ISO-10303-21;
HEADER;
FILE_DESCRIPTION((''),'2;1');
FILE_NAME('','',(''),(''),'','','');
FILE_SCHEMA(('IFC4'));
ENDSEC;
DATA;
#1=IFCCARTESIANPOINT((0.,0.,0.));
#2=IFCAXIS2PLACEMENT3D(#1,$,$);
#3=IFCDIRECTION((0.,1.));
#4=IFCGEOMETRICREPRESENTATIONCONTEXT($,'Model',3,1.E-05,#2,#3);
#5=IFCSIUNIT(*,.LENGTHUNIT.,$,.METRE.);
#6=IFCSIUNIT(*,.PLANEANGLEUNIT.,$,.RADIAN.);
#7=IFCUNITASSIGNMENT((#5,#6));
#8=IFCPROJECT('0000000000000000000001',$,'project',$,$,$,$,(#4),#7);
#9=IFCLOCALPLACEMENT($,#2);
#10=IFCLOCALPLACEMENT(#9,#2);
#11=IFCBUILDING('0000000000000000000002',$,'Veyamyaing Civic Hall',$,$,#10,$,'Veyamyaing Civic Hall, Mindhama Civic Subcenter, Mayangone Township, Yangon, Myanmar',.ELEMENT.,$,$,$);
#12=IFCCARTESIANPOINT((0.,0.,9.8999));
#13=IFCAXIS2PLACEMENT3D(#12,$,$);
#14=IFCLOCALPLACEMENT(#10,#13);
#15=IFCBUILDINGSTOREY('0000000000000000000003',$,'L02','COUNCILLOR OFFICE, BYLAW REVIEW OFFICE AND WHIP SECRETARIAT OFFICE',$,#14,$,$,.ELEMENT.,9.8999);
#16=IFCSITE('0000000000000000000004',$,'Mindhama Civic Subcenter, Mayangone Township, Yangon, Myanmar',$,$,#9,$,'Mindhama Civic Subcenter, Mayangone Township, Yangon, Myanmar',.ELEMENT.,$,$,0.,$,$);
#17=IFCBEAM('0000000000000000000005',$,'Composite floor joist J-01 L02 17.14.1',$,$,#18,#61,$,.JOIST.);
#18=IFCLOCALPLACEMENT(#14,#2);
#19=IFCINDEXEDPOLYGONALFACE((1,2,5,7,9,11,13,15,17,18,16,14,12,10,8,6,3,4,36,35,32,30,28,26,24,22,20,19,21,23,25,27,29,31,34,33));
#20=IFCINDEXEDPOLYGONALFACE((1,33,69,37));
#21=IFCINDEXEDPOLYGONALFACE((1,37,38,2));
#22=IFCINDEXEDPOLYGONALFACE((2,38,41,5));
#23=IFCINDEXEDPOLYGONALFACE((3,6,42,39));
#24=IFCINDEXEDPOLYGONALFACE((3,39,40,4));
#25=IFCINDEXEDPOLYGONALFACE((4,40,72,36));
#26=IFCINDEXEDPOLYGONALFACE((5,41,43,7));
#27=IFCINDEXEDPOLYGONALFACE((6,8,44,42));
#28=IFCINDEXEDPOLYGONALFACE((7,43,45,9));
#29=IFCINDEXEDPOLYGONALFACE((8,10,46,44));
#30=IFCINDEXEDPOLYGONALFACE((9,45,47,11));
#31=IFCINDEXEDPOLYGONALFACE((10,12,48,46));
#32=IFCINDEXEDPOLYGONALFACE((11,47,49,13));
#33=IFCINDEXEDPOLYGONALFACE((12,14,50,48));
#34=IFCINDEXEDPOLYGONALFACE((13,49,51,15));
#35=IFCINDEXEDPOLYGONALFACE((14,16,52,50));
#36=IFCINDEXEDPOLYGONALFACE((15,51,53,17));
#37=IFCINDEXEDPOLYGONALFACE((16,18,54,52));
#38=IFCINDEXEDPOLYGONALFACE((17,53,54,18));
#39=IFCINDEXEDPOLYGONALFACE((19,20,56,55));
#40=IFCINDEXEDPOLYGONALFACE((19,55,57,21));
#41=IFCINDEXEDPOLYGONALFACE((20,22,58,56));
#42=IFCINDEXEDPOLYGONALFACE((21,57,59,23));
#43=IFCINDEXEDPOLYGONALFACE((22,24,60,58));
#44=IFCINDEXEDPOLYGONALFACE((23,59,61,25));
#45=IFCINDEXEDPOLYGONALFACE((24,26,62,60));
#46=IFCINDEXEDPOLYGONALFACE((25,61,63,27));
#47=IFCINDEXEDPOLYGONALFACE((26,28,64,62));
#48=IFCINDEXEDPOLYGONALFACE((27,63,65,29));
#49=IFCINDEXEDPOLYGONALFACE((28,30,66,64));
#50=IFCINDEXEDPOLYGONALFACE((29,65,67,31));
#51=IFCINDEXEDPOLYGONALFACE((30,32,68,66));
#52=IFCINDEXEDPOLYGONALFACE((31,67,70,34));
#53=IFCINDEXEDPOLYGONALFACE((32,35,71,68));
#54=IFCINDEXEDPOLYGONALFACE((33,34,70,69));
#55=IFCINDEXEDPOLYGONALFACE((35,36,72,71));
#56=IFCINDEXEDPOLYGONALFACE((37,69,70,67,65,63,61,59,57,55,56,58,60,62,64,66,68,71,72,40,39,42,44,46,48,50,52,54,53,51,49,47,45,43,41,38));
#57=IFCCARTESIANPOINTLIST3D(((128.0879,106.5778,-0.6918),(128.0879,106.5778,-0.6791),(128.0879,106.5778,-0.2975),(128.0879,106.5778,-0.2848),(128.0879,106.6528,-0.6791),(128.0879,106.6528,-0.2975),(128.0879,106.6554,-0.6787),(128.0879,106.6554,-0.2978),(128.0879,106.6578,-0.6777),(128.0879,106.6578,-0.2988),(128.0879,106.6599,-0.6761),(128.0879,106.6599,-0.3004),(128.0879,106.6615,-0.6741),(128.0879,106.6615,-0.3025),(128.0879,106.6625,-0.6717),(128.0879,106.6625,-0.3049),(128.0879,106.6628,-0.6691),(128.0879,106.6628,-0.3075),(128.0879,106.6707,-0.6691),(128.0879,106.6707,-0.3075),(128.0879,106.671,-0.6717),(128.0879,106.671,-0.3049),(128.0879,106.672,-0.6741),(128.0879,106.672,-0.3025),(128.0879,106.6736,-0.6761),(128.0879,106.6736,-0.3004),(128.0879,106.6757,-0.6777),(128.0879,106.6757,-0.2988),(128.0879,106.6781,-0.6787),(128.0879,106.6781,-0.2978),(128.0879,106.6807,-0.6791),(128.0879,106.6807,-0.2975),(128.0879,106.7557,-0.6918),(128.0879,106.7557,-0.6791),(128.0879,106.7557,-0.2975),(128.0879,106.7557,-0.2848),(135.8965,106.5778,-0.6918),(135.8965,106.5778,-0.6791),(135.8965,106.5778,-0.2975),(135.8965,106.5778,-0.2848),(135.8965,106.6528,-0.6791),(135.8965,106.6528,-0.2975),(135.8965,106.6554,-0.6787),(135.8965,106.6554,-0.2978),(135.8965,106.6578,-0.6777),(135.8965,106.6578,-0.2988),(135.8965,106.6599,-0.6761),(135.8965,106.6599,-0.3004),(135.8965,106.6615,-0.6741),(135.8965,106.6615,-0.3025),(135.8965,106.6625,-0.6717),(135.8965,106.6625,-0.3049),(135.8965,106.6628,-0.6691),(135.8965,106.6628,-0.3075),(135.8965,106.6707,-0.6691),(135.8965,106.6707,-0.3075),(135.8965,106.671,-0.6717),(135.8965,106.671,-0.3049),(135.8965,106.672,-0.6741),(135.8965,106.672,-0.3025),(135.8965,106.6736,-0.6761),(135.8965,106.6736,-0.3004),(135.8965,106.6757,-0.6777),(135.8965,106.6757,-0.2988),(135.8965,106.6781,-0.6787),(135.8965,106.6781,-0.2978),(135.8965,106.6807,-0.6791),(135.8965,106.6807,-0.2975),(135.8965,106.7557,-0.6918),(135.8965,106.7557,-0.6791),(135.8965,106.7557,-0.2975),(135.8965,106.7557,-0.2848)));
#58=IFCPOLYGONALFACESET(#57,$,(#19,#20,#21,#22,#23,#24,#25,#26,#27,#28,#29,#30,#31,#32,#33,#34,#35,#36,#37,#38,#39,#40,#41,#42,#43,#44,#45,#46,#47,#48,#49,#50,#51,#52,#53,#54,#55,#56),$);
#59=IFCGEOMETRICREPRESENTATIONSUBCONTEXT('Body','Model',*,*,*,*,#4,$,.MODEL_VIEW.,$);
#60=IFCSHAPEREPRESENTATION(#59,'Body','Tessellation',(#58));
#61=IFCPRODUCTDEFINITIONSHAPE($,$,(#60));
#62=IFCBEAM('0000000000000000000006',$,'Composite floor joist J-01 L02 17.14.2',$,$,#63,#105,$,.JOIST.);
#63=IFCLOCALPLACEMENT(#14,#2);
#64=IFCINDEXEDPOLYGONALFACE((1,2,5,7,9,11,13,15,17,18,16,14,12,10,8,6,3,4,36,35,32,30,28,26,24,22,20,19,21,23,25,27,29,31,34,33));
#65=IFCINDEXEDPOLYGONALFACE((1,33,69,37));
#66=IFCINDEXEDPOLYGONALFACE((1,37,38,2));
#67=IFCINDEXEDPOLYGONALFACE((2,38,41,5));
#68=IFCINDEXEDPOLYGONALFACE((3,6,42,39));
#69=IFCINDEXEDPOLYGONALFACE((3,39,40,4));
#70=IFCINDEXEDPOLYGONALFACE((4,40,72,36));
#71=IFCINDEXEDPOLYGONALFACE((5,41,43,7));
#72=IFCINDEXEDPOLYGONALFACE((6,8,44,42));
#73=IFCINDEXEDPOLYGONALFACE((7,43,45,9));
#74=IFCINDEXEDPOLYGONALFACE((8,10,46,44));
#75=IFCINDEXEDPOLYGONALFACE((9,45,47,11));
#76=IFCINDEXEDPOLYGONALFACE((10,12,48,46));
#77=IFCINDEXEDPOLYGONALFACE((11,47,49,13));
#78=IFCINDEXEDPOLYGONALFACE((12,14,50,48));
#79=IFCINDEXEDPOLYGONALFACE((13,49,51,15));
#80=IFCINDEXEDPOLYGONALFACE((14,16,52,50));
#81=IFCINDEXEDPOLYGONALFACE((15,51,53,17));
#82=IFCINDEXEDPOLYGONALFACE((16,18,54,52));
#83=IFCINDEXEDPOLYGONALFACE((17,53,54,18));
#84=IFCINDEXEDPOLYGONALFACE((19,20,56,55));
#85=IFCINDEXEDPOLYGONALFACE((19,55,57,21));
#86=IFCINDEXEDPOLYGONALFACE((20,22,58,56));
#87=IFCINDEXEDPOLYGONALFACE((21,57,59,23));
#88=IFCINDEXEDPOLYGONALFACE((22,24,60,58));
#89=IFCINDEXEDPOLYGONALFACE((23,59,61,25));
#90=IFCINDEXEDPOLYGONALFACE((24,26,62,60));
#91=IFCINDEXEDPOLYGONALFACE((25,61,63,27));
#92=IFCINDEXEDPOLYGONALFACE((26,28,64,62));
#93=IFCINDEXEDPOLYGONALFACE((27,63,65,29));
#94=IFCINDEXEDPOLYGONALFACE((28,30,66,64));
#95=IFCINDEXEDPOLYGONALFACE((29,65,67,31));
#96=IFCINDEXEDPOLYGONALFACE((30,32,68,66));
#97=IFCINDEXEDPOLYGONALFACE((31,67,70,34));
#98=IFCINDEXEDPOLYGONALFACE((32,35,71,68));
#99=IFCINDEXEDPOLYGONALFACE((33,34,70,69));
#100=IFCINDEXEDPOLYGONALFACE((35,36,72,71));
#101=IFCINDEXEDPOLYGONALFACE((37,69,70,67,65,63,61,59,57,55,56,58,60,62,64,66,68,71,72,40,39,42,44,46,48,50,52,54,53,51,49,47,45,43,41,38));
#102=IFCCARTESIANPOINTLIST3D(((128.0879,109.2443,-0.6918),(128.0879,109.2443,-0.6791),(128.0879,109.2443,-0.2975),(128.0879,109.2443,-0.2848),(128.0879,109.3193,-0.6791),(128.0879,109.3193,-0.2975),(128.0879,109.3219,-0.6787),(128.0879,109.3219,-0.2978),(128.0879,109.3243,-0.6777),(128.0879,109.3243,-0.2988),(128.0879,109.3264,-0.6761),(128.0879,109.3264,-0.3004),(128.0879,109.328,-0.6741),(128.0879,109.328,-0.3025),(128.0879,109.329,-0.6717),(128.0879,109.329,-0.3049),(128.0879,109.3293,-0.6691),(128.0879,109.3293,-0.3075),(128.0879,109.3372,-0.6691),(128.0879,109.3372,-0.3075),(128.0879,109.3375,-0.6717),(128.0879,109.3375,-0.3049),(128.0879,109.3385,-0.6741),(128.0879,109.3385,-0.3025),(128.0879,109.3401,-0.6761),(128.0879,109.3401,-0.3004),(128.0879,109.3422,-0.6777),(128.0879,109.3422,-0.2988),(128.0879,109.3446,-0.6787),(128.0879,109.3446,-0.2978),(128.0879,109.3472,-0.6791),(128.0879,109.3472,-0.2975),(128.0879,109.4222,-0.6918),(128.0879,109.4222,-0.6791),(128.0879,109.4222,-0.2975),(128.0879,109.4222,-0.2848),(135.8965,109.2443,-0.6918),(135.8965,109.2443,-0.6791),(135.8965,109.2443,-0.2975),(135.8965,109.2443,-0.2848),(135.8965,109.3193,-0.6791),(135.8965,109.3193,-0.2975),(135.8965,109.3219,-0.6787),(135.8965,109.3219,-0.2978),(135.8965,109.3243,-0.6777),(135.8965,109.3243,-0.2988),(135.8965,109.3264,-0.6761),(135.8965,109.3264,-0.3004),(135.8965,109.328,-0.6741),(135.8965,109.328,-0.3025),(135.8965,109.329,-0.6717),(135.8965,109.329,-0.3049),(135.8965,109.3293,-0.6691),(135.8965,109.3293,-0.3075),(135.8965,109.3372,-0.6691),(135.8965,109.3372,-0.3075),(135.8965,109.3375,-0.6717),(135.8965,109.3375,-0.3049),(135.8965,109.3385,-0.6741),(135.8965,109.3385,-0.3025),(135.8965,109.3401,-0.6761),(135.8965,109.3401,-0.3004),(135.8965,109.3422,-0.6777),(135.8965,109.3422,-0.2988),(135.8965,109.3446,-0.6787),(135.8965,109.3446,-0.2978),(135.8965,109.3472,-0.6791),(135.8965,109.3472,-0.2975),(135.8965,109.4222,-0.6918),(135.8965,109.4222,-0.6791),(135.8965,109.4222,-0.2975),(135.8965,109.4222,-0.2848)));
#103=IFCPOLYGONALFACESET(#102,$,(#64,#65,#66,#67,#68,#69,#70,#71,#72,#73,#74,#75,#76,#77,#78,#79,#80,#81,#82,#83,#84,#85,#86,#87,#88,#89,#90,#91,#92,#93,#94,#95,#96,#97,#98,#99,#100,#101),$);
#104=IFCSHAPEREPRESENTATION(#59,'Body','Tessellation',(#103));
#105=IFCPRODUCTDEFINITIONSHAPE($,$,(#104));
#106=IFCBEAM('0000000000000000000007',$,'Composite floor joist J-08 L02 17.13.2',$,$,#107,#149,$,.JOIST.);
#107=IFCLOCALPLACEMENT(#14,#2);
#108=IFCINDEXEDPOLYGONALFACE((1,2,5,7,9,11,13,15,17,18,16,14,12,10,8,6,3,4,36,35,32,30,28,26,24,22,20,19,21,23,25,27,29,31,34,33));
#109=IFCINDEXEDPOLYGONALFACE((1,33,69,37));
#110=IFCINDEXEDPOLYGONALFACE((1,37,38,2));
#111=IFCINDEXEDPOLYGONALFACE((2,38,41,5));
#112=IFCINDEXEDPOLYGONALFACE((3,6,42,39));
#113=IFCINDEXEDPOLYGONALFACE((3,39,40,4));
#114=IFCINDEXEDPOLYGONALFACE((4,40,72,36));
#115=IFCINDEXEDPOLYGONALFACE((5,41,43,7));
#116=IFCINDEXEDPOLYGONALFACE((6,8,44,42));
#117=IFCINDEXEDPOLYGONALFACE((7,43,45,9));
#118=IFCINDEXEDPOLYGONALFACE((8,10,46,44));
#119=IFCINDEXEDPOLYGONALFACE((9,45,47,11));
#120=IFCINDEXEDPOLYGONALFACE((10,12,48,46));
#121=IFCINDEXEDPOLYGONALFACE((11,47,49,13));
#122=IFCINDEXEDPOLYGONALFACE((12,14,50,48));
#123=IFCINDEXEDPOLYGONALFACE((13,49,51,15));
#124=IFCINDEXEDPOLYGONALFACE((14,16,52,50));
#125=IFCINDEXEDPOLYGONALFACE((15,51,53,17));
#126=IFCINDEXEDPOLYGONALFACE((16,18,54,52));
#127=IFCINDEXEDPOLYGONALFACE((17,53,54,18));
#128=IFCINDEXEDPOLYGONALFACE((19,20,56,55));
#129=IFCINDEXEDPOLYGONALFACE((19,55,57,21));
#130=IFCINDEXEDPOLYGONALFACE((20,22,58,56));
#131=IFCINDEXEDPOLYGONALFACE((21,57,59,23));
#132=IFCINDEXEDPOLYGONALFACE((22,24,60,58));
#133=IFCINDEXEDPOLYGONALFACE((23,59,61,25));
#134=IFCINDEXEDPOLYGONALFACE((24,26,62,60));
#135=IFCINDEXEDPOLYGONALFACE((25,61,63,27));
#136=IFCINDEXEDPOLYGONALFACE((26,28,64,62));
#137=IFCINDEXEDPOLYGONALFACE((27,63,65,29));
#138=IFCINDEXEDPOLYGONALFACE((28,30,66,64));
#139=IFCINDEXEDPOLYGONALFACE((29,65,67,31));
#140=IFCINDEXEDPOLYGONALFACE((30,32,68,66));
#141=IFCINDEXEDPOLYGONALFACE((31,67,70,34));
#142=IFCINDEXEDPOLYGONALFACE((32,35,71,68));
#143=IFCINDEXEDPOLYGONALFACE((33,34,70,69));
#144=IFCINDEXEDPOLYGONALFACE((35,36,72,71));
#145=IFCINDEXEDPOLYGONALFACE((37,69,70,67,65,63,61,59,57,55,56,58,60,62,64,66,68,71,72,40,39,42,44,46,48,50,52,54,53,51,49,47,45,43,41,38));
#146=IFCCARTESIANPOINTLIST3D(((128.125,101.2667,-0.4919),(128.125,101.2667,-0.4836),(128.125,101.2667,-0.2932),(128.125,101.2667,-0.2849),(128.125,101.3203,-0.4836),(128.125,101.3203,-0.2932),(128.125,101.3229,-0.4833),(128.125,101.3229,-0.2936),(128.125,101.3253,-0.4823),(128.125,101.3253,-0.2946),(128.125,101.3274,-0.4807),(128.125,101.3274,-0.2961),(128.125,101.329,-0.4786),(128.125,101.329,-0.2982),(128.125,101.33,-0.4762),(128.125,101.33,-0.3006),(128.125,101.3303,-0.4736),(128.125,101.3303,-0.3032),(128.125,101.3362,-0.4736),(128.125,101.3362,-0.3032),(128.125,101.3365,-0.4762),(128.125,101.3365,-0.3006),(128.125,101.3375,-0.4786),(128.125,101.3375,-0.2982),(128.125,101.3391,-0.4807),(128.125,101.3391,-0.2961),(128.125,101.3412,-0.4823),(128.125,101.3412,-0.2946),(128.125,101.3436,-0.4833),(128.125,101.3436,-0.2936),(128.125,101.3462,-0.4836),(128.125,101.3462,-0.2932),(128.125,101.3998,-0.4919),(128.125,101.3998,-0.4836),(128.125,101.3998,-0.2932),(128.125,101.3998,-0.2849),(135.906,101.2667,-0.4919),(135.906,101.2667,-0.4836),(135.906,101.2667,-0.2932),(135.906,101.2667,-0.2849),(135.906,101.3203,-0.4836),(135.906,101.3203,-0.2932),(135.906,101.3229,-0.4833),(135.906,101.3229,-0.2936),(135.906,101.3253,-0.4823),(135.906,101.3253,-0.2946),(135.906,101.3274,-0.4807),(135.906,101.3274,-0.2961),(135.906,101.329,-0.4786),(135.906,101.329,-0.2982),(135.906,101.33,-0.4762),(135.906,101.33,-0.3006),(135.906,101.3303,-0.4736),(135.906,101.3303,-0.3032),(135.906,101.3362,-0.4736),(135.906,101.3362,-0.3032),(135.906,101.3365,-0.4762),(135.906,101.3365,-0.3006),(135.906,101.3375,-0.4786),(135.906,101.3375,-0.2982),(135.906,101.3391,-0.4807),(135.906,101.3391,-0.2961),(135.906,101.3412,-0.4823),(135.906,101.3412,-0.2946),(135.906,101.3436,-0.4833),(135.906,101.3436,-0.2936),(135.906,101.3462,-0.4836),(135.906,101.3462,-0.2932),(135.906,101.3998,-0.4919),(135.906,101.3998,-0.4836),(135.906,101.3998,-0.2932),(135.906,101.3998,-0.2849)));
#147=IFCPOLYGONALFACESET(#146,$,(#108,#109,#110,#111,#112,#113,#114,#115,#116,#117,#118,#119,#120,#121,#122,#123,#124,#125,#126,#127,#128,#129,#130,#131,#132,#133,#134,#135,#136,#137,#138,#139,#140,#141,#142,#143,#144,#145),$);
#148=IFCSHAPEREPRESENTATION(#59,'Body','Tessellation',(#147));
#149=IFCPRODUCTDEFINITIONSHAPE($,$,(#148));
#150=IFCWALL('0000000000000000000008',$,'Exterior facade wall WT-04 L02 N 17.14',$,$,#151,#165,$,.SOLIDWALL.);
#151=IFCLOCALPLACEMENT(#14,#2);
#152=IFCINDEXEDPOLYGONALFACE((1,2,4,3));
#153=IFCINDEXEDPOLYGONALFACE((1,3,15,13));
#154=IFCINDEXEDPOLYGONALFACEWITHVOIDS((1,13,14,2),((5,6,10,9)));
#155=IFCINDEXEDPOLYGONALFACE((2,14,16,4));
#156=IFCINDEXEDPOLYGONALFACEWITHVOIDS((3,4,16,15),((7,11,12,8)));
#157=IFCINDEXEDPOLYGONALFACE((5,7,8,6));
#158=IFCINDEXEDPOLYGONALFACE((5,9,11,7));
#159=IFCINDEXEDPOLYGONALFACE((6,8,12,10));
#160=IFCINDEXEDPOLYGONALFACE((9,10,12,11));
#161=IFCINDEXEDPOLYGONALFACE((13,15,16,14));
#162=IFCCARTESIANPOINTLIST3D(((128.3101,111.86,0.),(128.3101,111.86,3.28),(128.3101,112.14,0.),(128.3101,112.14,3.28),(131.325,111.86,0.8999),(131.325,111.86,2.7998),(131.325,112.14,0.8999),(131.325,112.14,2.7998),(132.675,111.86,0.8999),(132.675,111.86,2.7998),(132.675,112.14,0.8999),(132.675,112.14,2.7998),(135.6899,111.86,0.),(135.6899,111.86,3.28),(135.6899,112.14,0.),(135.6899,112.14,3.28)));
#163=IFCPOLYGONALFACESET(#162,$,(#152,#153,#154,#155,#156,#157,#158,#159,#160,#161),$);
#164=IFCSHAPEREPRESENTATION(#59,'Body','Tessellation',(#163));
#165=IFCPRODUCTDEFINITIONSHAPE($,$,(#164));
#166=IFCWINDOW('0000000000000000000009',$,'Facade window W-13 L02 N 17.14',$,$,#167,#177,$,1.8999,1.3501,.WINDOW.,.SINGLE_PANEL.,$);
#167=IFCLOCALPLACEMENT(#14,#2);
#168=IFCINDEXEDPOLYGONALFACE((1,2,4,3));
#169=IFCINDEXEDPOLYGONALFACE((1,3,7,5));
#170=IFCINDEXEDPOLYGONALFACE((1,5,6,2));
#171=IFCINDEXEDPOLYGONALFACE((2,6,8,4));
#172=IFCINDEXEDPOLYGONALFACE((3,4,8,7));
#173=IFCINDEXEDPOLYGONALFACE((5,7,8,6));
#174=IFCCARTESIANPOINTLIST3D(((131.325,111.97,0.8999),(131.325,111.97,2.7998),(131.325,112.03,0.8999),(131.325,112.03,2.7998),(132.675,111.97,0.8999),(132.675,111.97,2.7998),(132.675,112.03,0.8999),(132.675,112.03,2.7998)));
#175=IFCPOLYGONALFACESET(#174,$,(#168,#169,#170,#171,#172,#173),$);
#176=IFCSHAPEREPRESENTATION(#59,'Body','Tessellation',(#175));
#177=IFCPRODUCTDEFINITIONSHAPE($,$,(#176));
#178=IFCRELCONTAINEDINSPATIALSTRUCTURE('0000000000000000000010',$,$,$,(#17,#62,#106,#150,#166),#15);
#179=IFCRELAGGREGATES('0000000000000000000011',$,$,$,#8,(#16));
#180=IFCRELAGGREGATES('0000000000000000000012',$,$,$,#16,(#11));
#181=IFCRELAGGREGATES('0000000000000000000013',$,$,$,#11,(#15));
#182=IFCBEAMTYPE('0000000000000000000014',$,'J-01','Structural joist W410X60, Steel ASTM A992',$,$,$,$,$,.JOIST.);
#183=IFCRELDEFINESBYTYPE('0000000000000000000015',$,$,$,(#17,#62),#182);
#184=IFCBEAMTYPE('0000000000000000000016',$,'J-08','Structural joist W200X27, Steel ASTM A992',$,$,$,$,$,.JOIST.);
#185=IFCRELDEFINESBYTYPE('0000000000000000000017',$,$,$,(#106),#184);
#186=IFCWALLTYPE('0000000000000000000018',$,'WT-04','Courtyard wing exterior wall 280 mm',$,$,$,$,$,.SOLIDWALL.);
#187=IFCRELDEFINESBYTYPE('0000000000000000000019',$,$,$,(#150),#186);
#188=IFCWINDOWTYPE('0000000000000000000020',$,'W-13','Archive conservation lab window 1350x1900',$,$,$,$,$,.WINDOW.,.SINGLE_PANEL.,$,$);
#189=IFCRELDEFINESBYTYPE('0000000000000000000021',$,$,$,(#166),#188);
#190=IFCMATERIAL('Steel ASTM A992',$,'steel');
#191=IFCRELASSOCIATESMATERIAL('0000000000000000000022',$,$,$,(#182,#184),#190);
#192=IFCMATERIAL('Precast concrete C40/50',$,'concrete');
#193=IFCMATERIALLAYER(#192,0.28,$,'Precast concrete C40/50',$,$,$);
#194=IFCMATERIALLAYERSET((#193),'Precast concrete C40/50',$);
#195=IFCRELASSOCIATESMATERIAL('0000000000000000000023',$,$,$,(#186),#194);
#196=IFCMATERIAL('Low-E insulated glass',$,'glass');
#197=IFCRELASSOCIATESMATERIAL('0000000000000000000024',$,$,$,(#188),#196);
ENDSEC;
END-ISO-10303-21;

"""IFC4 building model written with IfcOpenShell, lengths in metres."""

from ifc_helpers import new_model, si_unit, direction, frame, frame_2d, origin, origin_2d, place, context, subcontext, project, spatial, rectangle, i_section, extrude, material, layer, layer_set, material_profile, profile_set, type_object, element, fill, save


model = new_model("IFC4")

# Units and contexts
model_context = context("Model", 3, precision=1e-05, world=origin(), true_north=direction((0.0, 1.0)))
body_context = subcontext(model_context, "Body", "Model", "MODEL_VIEW")
ifc_project = project(units=[si_unit("LENGTHUNIT", "METRE"), si_unit("PLANEANGLEUNIT", "RADIAN")], contexts=[model_context])

# Site, building, storey
site_placement = place(None, origin())
site = spatial("IfcSite", under=ifc_project, at=site_placement, Name="Mindhama Civic Subcenter, Mayangone Township, Yangon, Myanmar", LongName="Mindhama Civic Subcenter, Mayangone Township, Yangon, Myanmar", CompositionType="ELEMENT", RefElevation=0.0)
building_placement = place(site_placement, origin())
building = spatial("IfcBuilding", under=site, at=building_placement, Name="Veyamyaing Civic Hall", LongName="Veyamyaing Civic Hall, Mindhama Civic Subcenter, Mayangone Township, Yangon, Myanmar", CompositionType="ELEMENT")
storey_placement = place(building_placement, frame((0.0, 0.0, 9.8999)))
storey = spatial("IfcBuildingStorey", under=building, at=storey_placement, Name="L02", Description="COUNCILLOR OFFICE, BYLAW REVIEW OFFICE AND WHIP SECRETARIAT OFFICE", CompositionType="ELEMENT", Elevation=9.8999)

# Beams
ifc_material_1 = material(Name="Steel ASTM A992", Category="steel")
ifc_material_profile_1 = material_profile(ifc_material_1, i_section(OverallWidth=0.178, OverallDepth=0.407, WebThickness=0.0078, FlangeThickness=0.0127, FilletRadius=0.01, at=origin_2d()), Name="W410X60")
ifc_profile_set_1 = profile_set([ifc_material_profile_1], Name="Steel ASTM A992")
beam_type_1 = type_object("IfcBeamType", Name="J-01", Description="Structural joist W410X60, Steel ASTM A992", PredefinedType="JOIST", material=ifc_profile_set_1)
for number, where, z_axis, x_axis, name in (
    (1, (128.0879, 106.6667, -0.4883), (1.0, 0.0, 0.0), (0.0, 1.0, 0.0), "Composite floor joist J-01 L02 17.14.1"),
    (2, (128.0879, 109.3333, -0.4883), (1.0, 0.0, 0.0), (0.0, 1.0, 0.0), "Composite floor joist J-01 L02 17.14.2"),
):
    element("IfcBeam", number, at=place(storey_placement, frame(where, z_axis=z_axis, x_axis=x_axis)), inside=storey, type_object=beam_type_1, Name=name, PredefinedType="JOIST", context=body_context, shape_type="SweptSolid", body=[
        extrude(i_section(OverallWidth=0.178, OverallDepth=0.407, WebThickness=0.0078, FlangeThickness=0.0127, FilletRadius=0.01, at=origin_2d()), origin(), (0.0, 0.0, 1.0), 7.8086),
    ])
ifc_material_profile_2 = material_profile(ifc_material_1, i_section(OverallWidth=0.1331, OverallDepth=0.207, WebThickness=0.0059, FlangeThickness=0.0083, FilletRadius=0.01, at=origin_2d()), Name="W200X27")
ifc_profile_set_2 = profile_set([ifc_material_profile_2], Name="Steel ASTM A992")
beam_type_2 = type_object("IfcBeamType", Name="J-08", Description="Structural joist W200X27, Steel ASTM A992", PredefinedType="JOIST", material=ifc_profile_set_2)
beam_1_placement = place(storey_placement, frame((128.125, 101.3333, -0.3884), z_axis=(1.0, 0.0, 0.0), x_axis=(0.0, 1.0, 0.0)))
element("IfcBeam", 3, at=beam_1_placement, inside=storey, type_object=beam_type_2, Name="Composite floor joist J-08 L02 17.13.2", PredefinedType="JOIST", context=body_context, shape_type="SweptSolid", body=[
    extrude(i_section(OverallWidth=0.1331, OverallDepth=0.207, WebThickness=0.0059, FlangeThickness=0.0083, FilletRadius=0.01, at=origin_2d()), origin(), (0.0, 0.0, 1.0), 7.781),
])

# Wall, opening, window
ifc_material_2 = material(Name="Precast concrete C40/50", Category="concrete")
ifc_layer_1 = layer(ifc_material_2, 0.28, Name="Precast concrete C40/50")
ifc_layer_set_1 = layer_set([ifc_layer_1], Name="Precast concrete C40/50")
wall_type_1 = type_object("IfcWallType", Name="WT-04", Description="Courtyard wing exterior wall 280 mm", PredefinedType="SOLIDWALL", material=ifc_layer_set_1)
wall_1_placement = place(storey_placement, frame((128.3101, 112.0, 0.0), z_axis=(0.0, 0.0, 1.0), x_axis=(1.0, 0.0, 0.0)))
wall_1 = element("IfcWall", 4, at=wall_1_placement, inside=storey, type_object=wall_type_1, Name="Exterior facade wall WT-04 L02 N 17.14", PredefinedType="SOLIDWALL", context=body_context, shape_type="SweptSolid", body=[
    extrude(rectangle(XDim=7.3799, YDim=0.28, at=frame_2d((3.6899, 0.0))), origin(), (0.0, 0.0, 1.0), 3.28),
])
opening_1_placement = place(wall_1_placement, frame((3.0149, 0.0, 0.8999)))
opening_1 = element("IfcOpeningElement", 5, at=opening_1_placement, cuts=wall_1, PredefinedType="OPENING", context=body_context, shape_type="SweptSolid", body=[
    extrude(rectangle(XDim=1.3501, YDim=1.8999, at=frame_2d((0.675, 0.95))), frame((0.0, 0.1499, 0.0), z_axis=(0.0, -1.0, 0.0), x_axis=(1.0, 0.0, 0.0)), (0.0, 0.0, 1.0), 0.3),
])
ifc_material_3 = material(Name="Low-E insulated glass", Category="glass")
window_type = type_object("IfcWindowType", Name="W-13", Description="Archive conservation lab window 1350x1900", PartitioningType="SINGLE_PANEL", PredefinedType="WINDOW", material=ifc_material_3)
window_1_placement = place(opening_1_placement, origin())
window_1 = element("IfcWindow", 6, at=window_1_placement, inside=storey, type_object=window_type, Name="Facade window W-13 L02 N 17.14", OverallHeight=1.8999, OverallWidth=1.3501, PartitioningType="SINGLE_PANEL", PredefinedType="WINDOW", context=body_context, shape_type="SweptSolid", body=[
    extrude(rectangle(XDim=1.3501, YDim=1.8999, at=frame_2d((0.675, 0.95))), frame((0.0, 0.03, 0.0), z_axis=(0.0, -1.0, 0.0), x_axis=(1.0, 0.0, 0.0)), (0.0, 0.0, 1.0), 0.0601),
])
fill(opening_1, window_1)

save(model, "model.ifc")
